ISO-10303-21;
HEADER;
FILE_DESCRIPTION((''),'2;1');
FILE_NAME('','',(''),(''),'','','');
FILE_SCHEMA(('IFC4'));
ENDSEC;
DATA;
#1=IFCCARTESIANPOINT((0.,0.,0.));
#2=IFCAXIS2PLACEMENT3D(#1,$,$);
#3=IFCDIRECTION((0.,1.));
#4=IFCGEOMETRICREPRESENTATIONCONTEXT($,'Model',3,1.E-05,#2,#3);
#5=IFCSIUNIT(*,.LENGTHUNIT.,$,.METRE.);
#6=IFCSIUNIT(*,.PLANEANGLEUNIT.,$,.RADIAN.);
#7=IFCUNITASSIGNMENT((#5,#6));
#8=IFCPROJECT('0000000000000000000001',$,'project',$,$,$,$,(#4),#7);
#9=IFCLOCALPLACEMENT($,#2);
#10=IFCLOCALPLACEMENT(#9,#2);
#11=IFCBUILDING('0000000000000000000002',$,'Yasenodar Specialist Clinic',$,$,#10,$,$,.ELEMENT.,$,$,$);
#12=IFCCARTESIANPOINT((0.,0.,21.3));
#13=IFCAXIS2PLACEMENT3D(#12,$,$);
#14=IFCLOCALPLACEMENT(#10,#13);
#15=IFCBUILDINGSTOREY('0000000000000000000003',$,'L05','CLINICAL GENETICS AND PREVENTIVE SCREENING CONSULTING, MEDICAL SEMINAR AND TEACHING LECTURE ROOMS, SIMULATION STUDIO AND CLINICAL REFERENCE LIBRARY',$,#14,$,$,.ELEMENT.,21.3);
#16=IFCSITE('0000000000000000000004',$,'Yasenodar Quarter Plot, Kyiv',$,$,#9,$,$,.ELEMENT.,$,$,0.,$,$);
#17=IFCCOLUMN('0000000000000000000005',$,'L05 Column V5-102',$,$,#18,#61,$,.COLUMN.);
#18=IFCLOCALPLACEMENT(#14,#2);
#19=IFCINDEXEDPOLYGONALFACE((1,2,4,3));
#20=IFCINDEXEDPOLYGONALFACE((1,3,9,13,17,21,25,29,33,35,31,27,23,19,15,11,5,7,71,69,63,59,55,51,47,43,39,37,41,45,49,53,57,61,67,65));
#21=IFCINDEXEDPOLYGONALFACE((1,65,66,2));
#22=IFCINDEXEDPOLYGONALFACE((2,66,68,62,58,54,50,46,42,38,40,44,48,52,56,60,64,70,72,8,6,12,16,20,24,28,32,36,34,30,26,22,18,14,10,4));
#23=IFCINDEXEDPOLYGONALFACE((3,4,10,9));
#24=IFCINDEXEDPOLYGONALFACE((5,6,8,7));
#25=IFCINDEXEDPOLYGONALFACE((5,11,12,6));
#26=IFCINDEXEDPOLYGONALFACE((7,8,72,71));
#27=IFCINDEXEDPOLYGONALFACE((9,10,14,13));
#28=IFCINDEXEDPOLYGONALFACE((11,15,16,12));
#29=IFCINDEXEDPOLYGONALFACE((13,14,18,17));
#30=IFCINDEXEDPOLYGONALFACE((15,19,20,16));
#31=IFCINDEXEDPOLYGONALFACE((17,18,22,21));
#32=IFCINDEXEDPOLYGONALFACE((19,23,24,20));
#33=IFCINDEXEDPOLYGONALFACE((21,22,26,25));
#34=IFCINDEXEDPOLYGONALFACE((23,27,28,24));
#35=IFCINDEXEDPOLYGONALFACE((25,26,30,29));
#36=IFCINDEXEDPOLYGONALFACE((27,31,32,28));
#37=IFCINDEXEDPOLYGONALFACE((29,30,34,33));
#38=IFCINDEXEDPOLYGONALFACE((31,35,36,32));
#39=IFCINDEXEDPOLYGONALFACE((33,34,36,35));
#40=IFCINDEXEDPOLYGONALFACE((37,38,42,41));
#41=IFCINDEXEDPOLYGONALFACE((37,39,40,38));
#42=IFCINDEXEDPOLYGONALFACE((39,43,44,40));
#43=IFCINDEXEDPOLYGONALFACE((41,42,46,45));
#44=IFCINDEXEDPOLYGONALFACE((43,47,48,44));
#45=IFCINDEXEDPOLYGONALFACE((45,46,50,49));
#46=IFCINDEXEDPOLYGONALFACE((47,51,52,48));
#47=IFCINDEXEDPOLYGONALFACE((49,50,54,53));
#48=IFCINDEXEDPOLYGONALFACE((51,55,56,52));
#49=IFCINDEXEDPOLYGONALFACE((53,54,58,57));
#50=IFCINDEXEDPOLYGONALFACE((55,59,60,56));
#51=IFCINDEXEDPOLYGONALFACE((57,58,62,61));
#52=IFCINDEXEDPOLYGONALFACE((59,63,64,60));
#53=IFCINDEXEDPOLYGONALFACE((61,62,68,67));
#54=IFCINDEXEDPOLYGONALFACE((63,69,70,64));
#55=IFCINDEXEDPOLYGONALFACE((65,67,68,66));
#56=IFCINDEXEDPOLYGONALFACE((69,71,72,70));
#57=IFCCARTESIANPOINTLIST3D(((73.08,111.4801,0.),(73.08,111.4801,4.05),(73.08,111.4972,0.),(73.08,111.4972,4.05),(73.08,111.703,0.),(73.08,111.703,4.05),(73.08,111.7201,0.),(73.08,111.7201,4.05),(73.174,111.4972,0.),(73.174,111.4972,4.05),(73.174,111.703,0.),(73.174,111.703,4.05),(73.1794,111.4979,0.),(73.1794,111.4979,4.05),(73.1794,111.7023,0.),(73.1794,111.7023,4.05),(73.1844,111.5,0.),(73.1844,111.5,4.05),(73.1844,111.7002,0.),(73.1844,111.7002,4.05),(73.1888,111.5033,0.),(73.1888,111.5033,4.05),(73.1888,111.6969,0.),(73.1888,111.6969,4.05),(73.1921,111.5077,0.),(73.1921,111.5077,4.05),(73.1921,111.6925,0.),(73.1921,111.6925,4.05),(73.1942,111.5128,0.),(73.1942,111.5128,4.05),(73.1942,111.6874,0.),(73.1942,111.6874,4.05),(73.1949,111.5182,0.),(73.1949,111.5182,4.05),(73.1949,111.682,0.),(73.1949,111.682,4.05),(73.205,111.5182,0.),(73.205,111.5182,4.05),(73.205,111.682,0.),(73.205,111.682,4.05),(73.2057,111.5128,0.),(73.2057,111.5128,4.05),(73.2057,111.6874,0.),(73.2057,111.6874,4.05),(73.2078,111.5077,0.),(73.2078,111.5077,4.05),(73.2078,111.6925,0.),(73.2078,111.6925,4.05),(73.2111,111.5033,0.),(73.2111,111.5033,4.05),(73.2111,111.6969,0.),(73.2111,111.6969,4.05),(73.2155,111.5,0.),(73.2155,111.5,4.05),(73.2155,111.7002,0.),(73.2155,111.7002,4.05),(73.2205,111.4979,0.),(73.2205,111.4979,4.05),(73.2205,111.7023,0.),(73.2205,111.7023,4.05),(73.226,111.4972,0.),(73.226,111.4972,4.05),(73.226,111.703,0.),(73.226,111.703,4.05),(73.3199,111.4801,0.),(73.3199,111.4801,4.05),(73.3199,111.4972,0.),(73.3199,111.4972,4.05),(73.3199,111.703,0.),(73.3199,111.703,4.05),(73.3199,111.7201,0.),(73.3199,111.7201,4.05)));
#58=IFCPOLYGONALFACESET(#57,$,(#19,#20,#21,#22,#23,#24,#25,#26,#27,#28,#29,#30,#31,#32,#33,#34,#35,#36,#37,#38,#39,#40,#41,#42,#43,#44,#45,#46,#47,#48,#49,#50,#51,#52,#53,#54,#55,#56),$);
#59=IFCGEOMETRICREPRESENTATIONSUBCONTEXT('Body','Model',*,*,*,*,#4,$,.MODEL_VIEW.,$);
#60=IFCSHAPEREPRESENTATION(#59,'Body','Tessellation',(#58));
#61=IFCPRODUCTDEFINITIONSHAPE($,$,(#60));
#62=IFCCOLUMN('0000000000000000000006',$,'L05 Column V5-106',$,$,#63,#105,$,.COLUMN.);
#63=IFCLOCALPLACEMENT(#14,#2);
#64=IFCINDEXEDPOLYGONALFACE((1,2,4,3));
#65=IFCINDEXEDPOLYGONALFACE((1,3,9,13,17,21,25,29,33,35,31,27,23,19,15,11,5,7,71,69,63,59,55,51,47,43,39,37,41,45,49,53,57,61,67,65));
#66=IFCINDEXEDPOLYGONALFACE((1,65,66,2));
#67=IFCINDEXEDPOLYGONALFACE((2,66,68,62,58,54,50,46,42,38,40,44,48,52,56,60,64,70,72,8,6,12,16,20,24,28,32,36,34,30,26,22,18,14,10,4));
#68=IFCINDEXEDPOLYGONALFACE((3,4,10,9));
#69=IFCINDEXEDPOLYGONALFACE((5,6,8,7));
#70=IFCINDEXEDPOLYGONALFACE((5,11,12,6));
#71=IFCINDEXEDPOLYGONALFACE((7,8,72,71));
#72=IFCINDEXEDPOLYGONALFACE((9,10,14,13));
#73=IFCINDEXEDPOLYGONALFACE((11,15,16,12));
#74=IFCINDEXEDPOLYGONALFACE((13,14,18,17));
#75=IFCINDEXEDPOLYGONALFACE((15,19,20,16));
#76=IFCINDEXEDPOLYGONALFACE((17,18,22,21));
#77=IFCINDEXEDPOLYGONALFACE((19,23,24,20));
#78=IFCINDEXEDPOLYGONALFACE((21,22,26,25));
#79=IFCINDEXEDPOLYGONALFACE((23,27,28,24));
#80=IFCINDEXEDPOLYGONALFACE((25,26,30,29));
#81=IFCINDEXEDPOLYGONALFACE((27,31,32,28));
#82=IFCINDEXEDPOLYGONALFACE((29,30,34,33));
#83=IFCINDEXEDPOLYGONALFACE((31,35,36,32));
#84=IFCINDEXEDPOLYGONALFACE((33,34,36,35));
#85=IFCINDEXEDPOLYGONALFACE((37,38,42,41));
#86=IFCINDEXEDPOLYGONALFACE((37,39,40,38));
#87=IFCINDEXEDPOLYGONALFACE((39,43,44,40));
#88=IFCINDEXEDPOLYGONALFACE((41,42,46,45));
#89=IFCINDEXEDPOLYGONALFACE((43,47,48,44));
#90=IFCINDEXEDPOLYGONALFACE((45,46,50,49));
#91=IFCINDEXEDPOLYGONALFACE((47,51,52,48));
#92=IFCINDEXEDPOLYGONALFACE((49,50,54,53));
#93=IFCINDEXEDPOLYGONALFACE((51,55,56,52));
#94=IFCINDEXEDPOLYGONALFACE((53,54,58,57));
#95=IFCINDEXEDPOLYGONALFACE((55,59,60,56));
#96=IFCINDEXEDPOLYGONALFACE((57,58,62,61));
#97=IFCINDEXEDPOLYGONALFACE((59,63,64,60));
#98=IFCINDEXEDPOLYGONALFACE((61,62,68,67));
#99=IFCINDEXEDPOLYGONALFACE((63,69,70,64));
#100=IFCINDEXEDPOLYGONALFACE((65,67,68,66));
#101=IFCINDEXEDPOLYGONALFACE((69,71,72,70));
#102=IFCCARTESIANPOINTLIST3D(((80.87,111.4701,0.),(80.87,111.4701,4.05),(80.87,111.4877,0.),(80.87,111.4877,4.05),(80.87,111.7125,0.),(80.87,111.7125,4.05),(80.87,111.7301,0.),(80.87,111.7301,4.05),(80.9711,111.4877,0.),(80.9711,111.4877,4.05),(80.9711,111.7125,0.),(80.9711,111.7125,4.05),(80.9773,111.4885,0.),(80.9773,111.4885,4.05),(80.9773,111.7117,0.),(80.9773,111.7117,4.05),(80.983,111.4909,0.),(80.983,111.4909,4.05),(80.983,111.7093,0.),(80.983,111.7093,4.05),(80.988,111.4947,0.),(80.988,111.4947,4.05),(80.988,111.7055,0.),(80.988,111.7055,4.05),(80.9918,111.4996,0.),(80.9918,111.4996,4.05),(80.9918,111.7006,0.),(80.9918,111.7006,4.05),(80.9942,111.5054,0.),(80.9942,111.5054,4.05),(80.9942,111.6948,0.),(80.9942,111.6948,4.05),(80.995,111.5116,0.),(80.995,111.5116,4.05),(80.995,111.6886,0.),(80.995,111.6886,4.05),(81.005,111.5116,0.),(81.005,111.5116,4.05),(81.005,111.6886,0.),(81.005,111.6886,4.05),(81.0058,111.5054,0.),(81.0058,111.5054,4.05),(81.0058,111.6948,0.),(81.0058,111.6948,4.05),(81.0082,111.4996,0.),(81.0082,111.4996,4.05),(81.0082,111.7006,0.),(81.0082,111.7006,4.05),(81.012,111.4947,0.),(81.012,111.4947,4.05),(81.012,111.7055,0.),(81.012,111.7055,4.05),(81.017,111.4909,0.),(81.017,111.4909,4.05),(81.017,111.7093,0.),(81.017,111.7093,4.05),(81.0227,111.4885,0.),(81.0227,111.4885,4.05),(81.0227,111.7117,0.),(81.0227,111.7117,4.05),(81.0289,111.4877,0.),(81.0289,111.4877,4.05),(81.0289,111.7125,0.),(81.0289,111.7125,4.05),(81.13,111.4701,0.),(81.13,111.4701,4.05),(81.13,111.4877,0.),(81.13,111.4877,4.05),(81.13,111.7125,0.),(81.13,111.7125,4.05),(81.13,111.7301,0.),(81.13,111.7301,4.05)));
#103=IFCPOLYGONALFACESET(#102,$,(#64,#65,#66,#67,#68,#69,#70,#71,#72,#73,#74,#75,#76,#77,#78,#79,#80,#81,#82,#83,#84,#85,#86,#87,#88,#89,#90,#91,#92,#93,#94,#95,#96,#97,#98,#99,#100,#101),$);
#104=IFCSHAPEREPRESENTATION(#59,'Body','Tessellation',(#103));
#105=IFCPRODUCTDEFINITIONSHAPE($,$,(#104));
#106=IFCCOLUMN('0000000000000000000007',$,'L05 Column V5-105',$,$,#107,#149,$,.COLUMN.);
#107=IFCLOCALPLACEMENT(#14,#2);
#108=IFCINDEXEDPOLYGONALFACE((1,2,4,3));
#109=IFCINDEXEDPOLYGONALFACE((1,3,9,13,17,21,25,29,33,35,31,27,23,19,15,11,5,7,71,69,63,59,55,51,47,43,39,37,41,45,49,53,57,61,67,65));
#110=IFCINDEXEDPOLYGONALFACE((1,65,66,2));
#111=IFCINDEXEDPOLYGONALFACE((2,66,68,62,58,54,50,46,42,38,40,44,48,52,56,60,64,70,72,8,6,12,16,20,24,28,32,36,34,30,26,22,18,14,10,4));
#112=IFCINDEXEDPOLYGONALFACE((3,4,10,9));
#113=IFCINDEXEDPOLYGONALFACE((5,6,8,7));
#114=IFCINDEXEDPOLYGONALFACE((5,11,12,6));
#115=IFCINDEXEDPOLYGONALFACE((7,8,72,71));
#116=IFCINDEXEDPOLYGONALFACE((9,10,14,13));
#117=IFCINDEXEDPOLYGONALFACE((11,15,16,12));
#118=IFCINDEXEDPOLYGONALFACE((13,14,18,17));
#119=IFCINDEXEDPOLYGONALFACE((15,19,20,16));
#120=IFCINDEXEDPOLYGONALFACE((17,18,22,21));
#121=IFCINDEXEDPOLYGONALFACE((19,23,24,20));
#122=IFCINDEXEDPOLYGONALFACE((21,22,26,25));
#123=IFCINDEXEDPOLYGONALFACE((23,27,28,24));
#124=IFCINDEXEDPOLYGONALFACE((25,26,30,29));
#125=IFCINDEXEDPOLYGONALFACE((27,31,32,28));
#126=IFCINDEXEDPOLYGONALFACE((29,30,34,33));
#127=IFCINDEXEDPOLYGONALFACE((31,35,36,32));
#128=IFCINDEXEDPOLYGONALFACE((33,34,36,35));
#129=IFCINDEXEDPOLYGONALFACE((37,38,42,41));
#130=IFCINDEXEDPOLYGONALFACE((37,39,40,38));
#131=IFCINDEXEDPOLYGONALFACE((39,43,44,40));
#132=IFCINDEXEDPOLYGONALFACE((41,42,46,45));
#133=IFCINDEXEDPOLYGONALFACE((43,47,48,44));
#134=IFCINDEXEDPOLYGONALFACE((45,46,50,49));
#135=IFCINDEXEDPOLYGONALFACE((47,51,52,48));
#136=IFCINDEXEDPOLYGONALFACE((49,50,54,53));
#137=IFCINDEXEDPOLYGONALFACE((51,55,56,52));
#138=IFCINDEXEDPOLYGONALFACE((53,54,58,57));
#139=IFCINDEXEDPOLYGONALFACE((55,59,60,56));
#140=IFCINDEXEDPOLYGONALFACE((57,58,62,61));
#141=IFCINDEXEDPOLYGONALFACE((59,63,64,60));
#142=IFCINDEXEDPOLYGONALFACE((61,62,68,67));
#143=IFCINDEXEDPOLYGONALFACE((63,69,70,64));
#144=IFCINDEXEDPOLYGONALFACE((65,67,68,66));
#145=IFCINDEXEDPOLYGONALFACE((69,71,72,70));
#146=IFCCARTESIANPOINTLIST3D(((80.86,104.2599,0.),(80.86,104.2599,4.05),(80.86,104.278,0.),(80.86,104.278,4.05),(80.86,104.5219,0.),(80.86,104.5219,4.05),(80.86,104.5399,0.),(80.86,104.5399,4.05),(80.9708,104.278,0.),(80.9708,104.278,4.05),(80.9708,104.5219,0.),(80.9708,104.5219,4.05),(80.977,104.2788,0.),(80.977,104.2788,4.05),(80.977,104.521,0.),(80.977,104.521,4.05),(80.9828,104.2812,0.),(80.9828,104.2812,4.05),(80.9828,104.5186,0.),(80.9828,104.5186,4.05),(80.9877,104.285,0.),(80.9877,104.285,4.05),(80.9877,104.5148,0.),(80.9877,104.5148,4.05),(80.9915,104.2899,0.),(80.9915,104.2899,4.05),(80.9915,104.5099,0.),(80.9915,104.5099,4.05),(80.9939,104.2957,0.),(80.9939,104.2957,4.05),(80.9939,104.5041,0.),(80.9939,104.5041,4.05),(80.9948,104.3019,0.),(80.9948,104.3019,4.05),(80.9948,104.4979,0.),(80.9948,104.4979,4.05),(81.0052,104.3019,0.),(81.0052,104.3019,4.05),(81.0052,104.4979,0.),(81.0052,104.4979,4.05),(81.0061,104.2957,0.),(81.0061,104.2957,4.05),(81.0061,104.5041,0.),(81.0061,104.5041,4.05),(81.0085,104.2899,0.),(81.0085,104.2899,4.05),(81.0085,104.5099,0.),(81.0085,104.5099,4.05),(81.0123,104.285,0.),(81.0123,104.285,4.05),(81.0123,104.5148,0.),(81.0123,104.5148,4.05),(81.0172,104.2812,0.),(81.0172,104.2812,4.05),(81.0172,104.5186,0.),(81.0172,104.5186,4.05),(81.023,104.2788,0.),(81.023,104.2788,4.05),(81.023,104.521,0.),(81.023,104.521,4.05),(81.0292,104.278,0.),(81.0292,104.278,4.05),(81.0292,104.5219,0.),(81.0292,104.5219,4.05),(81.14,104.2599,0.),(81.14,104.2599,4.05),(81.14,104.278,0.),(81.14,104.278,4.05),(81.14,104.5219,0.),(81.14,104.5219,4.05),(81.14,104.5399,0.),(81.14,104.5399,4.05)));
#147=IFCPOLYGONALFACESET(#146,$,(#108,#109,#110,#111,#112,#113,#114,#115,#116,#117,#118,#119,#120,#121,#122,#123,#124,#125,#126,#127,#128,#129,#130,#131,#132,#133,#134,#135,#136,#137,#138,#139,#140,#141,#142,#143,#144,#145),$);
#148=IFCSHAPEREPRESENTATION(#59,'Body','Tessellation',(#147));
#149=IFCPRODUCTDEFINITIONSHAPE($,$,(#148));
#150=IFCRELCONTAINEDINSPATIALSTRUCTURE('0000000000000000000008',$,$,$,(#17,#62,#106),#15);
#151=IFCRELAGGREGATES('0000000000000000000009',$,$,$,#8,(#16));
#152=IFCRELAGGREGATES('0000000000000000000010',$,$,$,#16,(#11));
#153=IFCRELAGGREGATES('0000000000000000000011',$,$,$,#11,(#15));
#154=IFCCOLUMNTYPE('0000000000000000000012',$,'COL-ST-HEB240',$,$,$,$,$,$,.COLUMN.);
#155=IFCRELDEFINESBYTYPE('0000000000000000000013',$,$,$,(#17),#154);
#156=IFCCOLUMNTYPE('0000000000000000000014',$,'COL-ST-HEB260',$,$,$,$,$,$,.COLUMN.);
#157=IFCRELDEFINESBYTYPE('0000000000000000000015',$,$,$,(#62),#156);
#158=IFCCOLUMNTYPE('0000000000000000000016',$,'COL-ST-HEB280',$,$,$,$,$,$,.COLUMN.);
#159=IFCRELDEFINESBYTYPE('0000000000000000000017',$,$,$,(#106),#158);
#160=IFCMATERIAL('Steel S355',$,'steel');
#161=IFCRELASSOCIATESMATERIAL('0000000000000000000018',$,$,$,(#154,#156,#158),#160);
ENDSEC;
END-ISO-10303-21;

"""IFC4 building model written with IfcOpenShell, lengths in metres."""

from ifc_helpers import new_model, si_unit, direction, frame, origin, origin_2d, place, context, subcontext, project, spatial, i_section, extrude, material, material_profile, profile_set, type_object, element, save


model = new_model("IFC4")

# Units and contexts
model_context = context("Model", 3, precision=1e-05, world=origin(), true_north=direction((0.0, 1.0)))
body_context = subcontext(model_context, "Body", "Model", "MODEL_VIEW")
ifc_project = project(units=[si_unit("LENGTHUNIT", "METRE"), si_unit("PLANEANGLEUNIT", "RADIAN")], contexts=[model_context])

# Site, building, storey
site_placement = place(None, origin())
site = spatial("IfcSite", under=ifc_project, at=site_placement, Name="Yasenodar Quarter Plot, Kyiv", CompositionType="ELEMENT", RefElevation=0.0)
building_placement = place(site_placement, origin())
building = spatial("IfcBuilding", under=site, at=building_placement, Name="Yasenodar Specialist Clinic", CompositionType="ELEMENT")
storey_placement = place(building_placement, frame((0.0, 0.0, 21.3)))
storey = spatial("IfcBuildingStorey", under=building, at=storey_placement, Name="L05", Description="CLINICAL GENETICS AND PREVENTIVE SCREENING CONSULTING, MEDICAL SEMINAR AND TEACHING LECTURE ROOMS, SIMULATION STUDIO AND CLINICAL REFERENCE LIBRARY", CompositionType="ELEMENT", Elevation=21.3)

# Columns
ifc_material_1 = material(Name="Steel S355", Category="steel")
ifc_material_profile_1 = material_profile(ifc_material_1, i_section(OverallWidth=0.24, OverallDepth=0.24, WebThickness=0.01, FlangeThickness=0.0171, FilletRadius=0.021, at=origin_2d()), Name="HEB 240")
ifc_profile_set_1 = profile_set([ifc_material_profile_1], Name="Steel S355")
column_type_1 = type_object("IfcColumnType", Name="COL-ST-HEB240", PredefinedType="COLUMN", material=ifc_profile_set_1)
column_1_placement = place(storey_placement, frame((73.2, 111.6001, 0.0), z_axis=(0.0, 0.0, 1.0), x_axis=(1.0, 0.0, 0.0)))
element("IfcColumn", 1, at=column_1_placement, inside=storey, type_object=column_type_1, Name="L05 Column V5-102", PredefinedType="COLUMN", context=body_context, shape_type="SweptSolid", body=[
    extrude(i_section(OverallWidth=0.24, OverallDepth=0.24, WebThickness=0.01, FlangeThickness=0.0171, FilletRadius=0.021, at=origin_2d()), origin(), (0.0, 0.0, 1.0), 4.05),
])
ifc_material_profile_2 = material_profile(ifc_material_1, i_section(OverallWidth=0.26, OverallDepth=0.26, WebThickness=0.01, FlangeThickness=0.0176, FilletRadius=0.0239, at=origin_2d()), Name="HEB 260")
ifc_profile_set_2 = profile_set([ifc_material_profile_2], Name="Steel S355")
column_type_2 = type_object("IfcColumnType", Name="COL-ST-HEB260", PredefinedType="COLUMN", material=ifc_profile_set_2)
column_2_placement = place(storey_placement, frame((81.0, 111.6001, 0.0), z_axis=(0.0, 0.0, 1.0), x_axis=(1.0, 0.0, 0.0)))
element("IfcColumn", 2, at=column_2_placement, inside=storey, type_object=column_type_2, Name="L05 Column V5-106", PredefinedType="COLUMN", context=body_context, shape_type="SweptSolid", body=[
    extrude(i_section(OverallWidth=0.26, OverallDepth=0.26, WebThickness=0.01, FlangeThickness=0.0176, FilletRadius=0.0239, at=origin_2d()), origin(), (0.0, 0.0, 1.0), 4.05),
])
ifc_material_profile_3 = material_profile(ifc_material_1, i_section(OverallWidth=0.28, OverallDepth=0.28, WebThickness=0.0105, FlangeThickness=0.0181, FilletRadius=0.0239, at=origin_2d()), Name="HEB 280")
ifc_profile_set_3 = profile_set([ifc_material_profile_3], Name="Steel S355")
column_type_3 = type_object("IfcColumnType", Name="COL-ST-HEB280", PredefinedType="COLUMN", material=ifc_profile_set_3)
column_3_placement = place(storey_placement, frame((81.0, 104.3999, 0.0), z_axis=(0.0, 0.0, 1.0), x_axis=(1.0, 0.0, 0.0)))
element("IfcColumn", 3, at=column_3_placement, inside=storey, type_object=column_type_3, Name="L05 Column V5-105", PredefinedType="COLUMN", context=body_context, shape_type="SweptSolid", body=[
    extrude(i_section(OverallWidth=0.28, OverallDepth=0.28, WebThickness=0.0105, FlangeThickness=0.0181, FilletRadius=0.0239, at=origin_2d()), origin(), (0.0, 0.0, 1.0), 4.05),
])

save(model, "model.ifc")
